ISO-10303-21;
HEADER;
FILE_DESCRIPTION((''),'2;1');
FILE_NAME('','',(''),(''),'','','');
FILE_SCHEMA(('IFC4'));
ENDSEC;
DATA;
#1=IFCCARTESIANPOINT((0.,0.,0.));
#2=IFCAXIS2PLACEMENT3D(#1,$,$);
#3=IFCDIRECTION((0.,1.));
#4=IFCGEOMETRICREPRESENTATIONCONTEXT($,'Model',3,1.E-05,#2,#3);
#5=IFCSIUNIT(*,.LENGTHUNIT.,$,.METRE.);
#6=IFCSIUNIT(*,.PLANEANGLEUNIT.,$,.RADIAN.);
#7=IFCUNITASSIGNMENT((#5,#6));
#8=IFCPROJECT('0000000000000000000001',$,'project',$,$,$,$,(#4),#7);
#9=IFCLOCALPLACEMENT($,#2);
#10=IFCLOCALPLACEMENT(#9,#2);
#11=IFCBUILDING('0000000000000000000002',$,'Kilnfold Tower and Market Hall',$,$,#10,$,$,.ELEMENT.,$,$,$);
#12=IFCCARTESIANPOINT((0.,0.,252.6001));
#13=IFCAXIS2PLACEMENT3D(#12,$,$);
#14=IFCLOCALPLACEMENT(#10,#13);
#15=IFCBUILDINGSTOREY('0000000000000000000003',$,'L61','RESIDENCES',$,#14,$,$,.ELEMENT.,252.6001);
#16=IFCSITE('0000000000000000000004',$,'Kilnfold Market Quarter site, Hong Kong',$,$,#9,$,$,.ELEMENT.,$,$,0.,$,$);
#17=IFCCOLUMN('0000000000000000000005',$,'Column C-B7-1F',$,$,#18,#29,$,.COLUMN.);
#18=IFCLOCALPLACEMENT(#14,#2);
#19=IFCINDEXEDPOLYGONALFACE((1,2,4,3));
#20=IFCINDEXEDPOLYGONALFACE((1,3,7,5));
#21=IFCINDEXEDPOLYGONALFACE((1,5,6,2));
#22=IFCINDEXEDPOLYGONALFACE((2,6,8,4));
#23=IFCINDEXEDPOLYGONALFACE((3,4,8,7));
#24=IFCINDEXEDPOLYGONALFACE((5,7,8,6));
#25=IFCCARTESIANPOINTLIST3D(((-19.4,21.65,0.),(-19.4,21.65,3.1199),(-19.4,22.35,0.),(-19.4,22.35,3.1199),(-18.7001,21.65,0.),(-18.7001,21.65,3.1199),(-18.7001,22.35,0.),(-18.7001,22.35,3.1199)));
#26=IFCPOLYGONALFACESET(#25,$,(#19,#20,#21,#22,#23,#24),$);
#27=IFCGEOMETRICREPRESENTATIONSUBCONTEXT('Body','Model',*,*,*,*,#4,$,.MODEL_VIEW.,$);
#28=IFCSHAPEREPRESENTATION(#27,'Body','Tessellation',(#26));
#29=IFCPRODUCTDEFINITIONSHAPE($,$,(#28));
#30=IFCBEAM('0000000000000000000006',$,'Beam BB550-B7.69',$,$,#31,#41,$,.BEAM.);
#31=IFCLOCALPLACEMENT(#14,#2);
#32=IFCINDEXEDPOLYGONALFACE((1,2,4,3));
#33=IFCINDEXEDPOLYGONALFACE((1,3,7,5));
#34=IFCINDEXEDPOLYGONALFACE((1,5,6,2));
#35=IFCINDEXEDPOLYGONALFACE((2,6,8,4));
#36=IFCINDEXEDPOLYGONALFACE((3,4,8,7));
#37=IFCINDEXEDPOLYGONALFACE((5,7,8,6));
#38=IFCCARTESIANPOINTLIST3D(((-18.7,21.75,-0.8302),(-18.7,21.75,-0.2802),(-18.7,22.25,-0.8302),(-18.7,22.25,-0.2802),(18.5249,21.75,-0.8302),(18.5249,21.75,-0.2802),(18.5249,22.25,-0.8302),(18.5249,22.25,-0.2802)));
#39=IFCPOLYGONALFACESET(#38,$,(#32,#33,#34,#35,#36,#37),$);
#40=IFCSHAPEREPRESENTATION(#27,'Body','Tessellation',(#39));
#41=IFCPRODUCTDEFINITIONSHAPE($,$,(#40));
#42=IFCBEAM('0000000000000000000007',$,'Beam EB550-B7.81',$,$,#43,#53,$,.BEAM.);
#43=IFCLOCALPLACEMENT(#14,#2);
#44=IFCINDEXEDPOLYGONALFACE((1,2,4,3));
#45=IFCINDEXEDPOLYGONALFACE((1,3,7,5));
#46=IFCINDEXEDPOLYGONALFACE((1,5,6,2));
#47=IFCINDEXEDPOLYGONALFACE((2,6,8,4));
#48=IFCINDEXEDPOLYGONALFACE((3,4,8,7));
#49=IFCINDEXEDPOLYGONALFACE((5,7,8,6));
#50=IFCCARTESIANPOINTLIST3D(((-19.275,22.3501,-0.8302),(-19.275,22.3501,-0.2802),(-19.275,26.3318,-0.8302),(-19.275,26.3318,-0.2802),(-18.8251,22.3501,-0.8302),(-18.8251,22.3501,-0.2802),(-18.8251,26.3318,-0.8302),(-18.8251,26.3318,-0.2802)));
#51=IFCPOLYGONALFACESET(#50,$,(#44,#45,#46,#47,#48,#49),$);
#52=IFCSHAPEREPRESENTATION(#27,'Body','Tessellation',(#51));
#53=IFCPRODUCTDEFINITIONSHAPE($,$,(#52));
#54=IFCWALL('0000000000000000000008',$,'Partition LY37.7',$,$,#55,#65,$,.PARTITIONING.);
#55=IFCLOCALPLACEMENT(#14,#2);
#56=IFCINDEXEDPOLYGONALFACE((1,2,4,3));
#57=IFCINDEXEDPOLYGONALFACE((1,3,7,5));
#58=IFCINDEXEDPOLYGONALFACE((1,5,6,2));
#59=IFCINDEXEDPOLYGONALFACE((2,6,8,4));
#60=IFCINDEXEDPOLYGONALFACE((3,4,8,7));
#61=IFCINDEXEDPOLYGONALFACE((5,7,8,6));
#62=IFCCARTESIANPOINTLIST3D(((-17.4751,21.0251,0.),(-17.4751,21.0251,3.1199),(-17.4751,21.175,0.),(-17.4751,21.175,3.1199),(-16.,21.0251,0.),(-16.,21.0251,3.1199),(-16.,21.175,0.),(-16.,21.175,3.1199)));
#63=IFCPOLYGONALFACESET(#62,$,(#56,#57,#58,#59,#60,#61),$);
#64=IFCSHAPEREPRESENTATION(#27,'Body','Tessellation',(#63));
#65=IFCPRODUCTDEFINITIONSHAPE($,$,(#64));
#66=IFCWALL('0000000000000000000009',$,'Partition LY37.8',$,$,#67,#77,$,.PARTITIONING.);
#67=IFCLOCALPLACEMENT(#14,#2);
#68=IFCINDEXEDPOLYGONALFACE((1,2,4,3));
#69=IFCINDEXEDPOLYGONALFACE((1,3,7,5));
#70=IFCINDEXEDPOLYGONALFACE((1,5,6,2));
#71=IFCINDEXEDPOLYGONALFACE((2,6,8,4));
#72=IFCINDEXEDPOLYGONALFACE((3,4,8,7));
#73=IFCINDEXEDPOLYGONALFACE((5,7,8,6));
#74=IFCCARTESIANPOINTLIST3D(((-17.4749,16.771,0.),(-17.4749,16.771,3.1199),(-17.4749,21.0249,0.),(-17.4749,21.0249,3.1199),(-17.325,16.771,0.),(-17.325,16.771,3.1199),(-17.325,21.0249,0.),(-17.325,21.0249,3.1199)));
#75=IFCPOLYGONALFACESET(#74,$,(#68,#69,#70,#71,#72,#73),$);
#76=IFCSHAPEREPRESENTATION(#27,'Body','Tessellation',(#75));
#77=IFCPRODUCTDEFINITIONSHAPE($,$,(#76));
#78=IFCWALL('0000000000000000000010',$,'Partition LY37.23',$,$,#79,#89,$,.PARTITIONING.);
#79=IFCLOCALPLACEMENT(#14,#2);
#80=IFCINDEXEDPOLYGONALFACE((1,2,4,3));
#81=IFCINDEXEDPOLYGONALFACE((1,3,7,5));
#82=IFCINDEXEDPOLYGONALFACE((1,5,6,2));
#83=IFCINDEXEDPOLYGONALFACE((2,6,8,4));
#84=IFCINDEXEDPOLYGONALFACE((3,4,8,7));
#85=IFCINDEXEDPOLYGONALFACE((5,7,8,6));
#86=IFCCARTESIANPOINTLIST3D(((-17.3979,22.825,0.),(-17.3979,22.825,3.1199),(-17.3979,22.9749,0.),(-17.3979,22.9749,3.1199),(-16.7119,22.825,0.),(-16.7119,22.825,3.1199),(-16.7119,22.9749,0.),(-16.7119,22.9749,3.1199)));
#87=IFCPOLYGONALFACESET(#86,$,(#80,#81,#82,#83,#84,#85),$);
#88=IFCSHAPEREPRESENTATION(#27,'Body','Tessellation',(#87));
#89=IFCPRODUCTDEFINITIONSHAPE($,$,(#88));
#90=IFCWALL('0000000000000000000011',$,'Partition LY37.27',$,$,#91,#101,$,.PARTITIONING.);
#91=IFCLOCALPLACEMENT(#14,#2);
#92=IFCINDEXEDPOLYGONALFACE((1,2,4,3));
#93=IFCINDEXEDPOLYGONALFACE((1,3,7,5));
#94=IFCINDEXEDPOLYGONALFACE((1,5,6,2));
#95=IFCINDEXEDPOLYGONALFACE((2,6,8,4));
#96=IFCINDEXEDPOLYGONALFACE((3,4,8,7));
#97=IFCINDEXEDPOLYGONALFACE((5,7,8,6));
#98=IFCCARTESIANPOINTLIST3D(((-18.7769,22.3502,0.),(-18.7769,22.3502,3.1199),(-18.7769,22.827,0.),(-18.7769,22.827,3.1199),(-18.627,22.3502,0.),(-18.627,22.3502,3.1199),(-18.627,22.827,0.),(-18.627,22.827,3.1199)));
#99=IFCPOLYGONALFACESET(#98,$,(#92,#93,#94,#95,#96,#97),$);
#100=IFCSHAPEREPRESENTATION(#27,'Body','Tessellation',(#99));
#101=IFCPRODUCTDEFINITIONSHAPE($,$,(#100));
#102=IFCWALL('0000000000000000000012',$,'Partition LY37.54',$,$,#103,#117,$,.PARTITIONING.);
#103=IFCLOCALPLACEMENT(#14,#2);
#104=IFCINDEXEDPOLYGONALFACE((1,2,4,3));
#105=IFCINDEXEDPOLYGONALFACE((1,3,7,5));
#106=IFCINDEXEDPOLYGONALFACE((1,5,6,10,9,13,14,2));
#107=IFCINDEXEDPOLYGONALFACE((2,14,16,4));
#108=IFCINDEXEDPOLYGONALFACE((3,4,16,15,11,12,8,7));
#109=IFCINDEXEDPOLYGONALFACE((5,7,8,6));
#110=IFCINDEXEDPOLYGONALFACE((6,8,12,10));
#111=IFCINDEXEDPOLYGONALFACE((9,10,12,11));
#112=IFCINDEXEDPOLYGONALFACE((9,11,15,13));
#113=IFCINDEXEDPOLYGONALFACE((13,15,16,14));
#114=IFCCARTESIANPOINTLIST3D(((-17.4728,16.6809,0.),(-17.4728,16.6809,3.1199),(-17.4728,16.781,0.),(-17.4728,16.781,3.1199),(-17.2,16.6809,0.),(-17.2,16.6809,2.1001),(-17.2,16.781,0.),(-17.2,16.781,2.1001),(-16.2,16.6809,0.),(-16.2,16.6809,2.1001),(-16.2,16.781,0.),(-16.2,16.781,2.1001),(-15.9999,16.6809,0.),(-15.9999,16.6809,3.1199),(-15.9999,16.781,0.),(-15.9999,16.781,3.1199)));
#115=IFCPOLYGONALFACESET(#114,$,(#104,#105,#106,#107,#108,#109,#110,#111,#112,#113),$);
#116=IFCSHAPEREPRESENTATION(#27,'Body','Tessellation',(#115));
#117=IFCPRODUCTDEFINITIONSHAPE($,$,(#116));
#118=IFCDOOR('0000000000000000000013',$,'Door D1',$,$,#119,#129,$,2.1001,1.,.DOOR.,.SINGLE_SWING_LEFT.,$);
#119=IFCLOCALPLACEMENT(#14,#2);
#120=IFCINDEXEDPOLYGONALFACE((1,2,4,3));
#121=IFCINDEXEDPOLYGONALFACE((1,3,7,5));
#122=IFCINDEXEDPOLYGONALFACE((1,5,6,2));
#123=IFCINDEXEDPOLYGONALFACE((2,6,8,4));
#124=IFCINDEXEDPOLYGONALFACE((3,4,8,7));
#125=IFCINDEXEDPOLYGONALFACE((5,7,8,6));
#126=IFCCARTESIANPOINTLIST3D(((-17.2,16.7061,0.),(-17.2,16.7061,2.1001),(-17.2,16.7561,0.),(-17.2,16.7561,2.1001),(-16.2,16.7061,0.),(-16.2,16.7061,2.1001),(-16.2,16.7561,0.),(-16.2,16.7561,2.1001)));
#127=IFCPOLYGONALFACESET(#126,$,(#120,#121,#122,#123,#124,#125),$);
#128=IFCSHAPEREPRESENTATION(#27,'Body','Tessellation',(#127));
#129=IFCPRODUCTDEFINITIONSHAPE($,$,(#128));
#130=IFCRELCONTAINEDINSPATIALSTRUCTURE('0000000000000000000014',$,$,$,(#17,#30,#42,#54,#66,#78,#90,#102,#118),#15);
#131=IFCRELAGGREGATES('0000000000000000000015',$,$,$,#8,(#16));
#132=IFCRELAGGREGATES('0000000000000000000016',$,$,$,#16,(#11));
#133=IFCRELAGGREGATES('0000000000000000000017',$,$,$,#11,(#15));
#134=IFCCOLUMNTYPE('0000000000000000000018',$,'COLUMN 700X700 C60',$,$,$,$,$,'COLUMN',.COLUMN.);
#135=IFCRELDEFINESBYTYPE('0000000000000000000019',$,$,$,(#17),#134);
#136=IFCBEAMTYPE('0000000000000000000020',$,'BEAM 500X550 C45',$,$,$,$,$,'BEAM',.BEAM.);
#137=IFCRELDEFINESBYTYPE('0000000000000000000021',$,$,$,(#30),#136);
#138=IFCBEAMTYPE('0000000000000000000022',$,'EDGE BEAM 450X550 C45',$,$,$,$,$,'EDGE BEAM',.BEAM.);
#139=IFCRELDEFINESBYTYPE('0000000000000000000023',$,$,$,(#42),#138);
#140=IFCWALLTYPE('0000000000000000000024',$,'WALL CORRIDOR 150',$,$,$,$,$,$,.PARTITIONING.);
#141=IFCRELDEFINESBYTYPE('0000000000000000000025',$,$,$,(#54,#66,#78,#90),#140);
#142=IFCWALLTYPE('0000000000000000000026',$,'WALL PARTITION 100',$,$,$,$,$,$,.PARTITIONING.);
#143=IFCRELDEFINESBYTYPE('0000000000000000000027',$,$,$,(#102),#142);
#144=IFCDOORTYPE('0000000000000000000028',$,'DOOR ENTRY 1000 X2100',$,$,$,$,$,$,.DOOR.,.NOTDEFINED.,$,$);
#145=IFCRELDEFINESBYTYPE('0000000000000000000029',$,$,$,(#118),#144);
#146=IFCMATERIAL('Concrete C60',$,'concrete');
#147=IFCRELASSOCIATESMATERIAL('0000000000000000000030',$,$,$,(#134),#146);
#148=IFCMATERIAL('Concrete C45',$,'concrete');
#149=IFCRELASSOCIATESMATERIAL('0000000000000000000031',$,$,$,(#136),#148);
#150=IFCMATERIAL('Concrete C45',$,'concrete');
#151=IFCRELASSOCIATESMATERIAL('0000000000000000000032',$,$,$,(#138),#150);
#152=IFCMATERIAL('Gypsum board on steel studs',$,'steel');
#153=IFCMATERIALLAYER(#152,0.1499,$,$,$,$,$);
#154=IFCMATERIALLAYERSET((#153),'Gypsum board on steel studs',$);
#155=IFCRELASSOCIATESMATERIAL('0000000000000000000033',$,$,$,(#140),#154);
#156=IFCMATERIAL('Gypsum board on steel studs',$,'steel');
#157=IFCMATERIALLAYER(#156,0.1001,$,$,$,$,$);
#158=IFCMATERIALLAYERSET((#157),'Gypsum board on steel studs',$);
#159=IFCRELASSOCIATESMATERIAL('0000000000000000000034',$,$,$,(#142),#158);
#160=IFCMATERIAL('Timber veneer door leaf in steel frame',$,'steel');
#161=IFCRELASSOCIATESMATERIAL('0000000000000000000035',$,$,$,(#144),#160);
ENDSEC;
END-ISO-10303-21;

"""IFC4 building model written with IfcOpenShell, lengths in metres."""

from ifc_helpers import new_model, si_unit, direction, frame, frame_2d, origin, origin_2d, place, context, subcontext, project, spatial, rectangle, extrude, source, transform, mapped, material, layer, layer_set, material_profile, profile_set, type_object, element, fill, save


model = new_model("IFC4")

# Units and contexts
model_context = context("Model", 3, precision=1e-05, world=origin(), true_north=direction((0.0, 1.0)))
body_context = subcontext(model_context, "Body", "Model", "MODEL_VIEW")
ifc_project = project(units=[si_unit("LENGTHUNIT", "METRE"), si_unit("PLANEANGLEUNIT", "RADIAN")], contexts=[model_context])

# Site, building, storey
site_placement = place(None, origin())
site = spatial("IfcSite", under=ifc_project, at=site_placement, Name="Kilnfold Market Quarter site, Hong Kong", CompositionType="ELEMENT", RefElevation=0.0)
building_placement = place(site_placement, origin())
building = spatial("IfcBuilding", under=site, at=building_placement, Name="Kilnfold Tower and Market Hall", CompositionType="ELEMENT")
storey_placement = place(building_placement, frame((0.0, 0.0, 252.6001)))
storey = spatial("IfcBuildingStorey", under=building, at=storey_placement, Name="L61", Description="RESIDENCES", CompositionType="ELEMENT", Elevation=252.6001)

# Column
ifc_material_1 = material(Name="Concrete C60", Category="concrete")
ifc_material_profile_1 = material_profile(ifc_material_1, rectangle(XDim=0.7, YDim=0.7, at=origin_2d()), Name="RC 700x700")
ifc_profile_set_1 = profile_set([ifc_material_profile_1], Name="Concrete C60")
column_type = type_object("IfcColumnType", Name="COLUMN 700X700 C60", ElementType="COLUMN", PredefinedType="COLUMN", material=ifc_profile_set_1)
shared_shape_1 = source(origin(), body_context, "Body", "SweptSolid", [
    extrude(rectangle(XDim=0.7, YDim=0.7, at=origin_2d()), origin(), (0.0, 0.0, 1.0), 3.1199),
])
column_placement = place(storey_placement, frame((-19.05, 22.0, 0.0), z_axis=(0.0, 0.0, 1.0), x_axis=(1.0, 0.0, 0.0)))
element("IfcColumn", 1, at=column_placement, inside=storey, type_object=column_type, Name="Column C-B7-1F", PredefinedType="COLUMN", context=body_context, shape_type="MappedRepresentation", body=[
    mapped(shared_shape_1, transform((0.0, 0.0, 0.0))),
])

# Beams
ifc_material_2 = material(Name="Concrete C45", Category="concrete")
ifc_material_profile_2 = material_profile(ifc_material_2, rectangle(XDim=0.5, YDim=0.55, at=origin_2d()), Name="RC 500x550")
ifc_profile_set_2 = profile_set([ifc_material_profile_2], Name="Concrete C45")
beam_type_1 = type_object("IfcBeamType", Name="BEAM 500X550 C45", ElementType="BEAM", PredefinedType="BEAM", material=ifc_profile_set_2)
shared_shape_2 = source(origin(), body_context, "Body", "SweptSolid", [
    extrude(rectangle(XDim=0.5, YDim=0.55, at=origin_2d()), origin(), (0.0, 0.0, 1.0), 37.2249),
])
beam_1_placement = place(storey_placement, frame((-18.7, 22.0, -0.5552), z_axis=(1.0, 0.0, 0.0), x_axis=(0.0, 1.0, 0.0)))
element("IfcBeam", 2, at=beam_1_placement, inside=storey, type_object=beam_type_1, Name="Beam BB550-B7.69", PredefinedType="BEAM", context=body_context, shape_type="MappedRepresentation", body=[
    mapped(shared_shape_2, transform((0.0, 0.0, 0.0))),
])
ifc_material_3 = material(Name="Concrete C45", Category="concrete")
ifc_material_profile_3 = material_profile(ifc_material_3, rectangle(XDim=0.45, YDim=0.55, at=origin_2d()), Name="RC 450x550")
ifc_profile_set_3 = profile_set([ifc_material_profile_3], Name="Concrete C45")
beam_type_2 = type_object("IfcBeamType", Name="EDGE BEAM 450X550 C45", ElementType="EDGE BEAM", PredefinedType="BEAM", material=ifc_profile_set_3)
shared_shape_3 = source(origin(), body_context, "Body", "SweptSolid", [
    extrude(rectangle(XDim=0.45, YDim=0.55, at=origin_2d()), origin(), (0.0, 0.0, 1.0), 3.9817),
])
beam_2_placement = place(storey_placement, frame((-19.05, 22.3501, -0.5552), z_axis=(0.0, 1.0, 0.0), x_axis=(-1.0, 0.0, 0.0)))
element("IfcBeam", 3, at=beam_2_placement, inside=storey, type_object=beam_type_2, Name="Beam EB550-B7.81", PredefinedType="BEAM", context=body_context, shape_type="MappedRepresentation", body=[
    mapped(shared_shape_3, transform((0.0, 0.0, 0.0))),
])

# Walls
ifc_material_4 = material(Name="Gypsum board on steel studs", Category="steel")
ifc_layer_1 = layer(ifc_material_4, 0.1499)
ifc_layer_set_1 = layer_set([ifc_layer_1], Name="Gypsum board on steel studs")
wall_type_1 = type_object("IfcWallType", Name="WALL CORRIDOR 150", PredefinedType="PARTITIONING", material=ifc_layer_set_1)
wall_1_placement = place(storey_placement, frame((-17.4751, 21.1001, 0.0), z_axis=(0.0, 0.0, 1.0), x_axis=(1.0, 0.0, 0.0)))
element("IfcWall", 4, at=wall_1_placement, inside=storey, type_object=wall_type_1, Name="Partition LY37.7", PredefinedType="PARTITIONING", context=body_context, shape_type="SweptSolid", body=[
    extrude(rectangle(XDim=1.4751, YDim=0.1499, at=frame_2d((0.7375, 0.0))), origin(), (0.0, 0.0, 1.0), 3.1199),
])
wall_2_placement = place(storey_placement, frame((-17.3999, 16.771, 0.0), z_axis=(0.0, 0.0, 1.0), x_axis=(0.0, 1.0, 0.0)))
element("IfcWall", 5, at=wall_2_placement, inside=storey, type_object=wall_type_1, Name="Partition LY37.8", PredefinedType="PARTITIONING", context=body_context, shape_type="SweptSolid", body=[
    extrude(rectangle(XDim=4.2539, YDim=0.1499, at=frame_2d((2.127, 0.0))), origin(), (0.0, 0.0, 1.0), 3.1199),
])
wall_3_placement = place(storey_placement, frame((-16.7119, 22.8999, 0.0), z_axis=(0.0, 0.0, 1.0), x_axis=(-1.0, 0.0, 0.0)))
element("IfcWall", 6, at=wall_3_placement, inside=storey, type_object=wall_type_1, Name="Partition LY37.23", PredefinedType="PARTITIONING", context=body_context, shape_type="SweptSolid", body=[
    extrude(rectangle(XDim=0.686, YDim=0.1499, at=frame_2d((0.343, 0.0))), origin(), (0.0, 0.0, 1.0), 3.1199),
])
wall_4_placement = place(storey_placement, frame((-18.7019, 22.8269, 0.0), z_axis=(0.0, 0.0, 1.0), x_axis=(0.0, -1.0, 0.0)))
element("IfcWall", 7, at=wall_4_placement, inside=storey, type_object=wall_type_1, Name="Partition LY37.27", PredefinedType="PARTITIONING", context=body_context, shape_type="SweptSolid", body=[
    extrude(rectangle(XDim=0.4768, YDim=0.1499, at=frame_2d((0.2383, 0.0))), origin(), (0.0, 0.0, 1.0), 3.1199),
])

# Wall, opening, door
ifc_material_5 = material(Name="Gypsum board on steel studs", Category="steel")
ifc_layer_2 = layer(ifc_material_5, 0.1001)
ifc_layer_set_2 = layer_set([ifc_layer_2], Name="Gypsum board on steel studs")
wall_type_2 = type_object("IfcWallType", Name="WALL PARTITION 100", PredefinedType="PARTITIONING", material=ifc_layer_set_2)
wall_5_placement = place(storey_placement, frame((-16.0, 16.731, 0.0), z_axis=(0.0, 0.0, 1.0), x_axis=(-1.0, 0.0, 0.0)))
wall_5 = element("IfcWall", 8, at=wall_5_placement, inside=storey, type_object=wall_type_2, Name="Partition LY37.54", PredefinedType="PARTITIONING", context=body_context, shape_type="SweptSolid", body=[
    extrude(rectangle(XDim=1.4729, YDim=0.1001, at=frame_2d((0.7363, 0.0))), origin(), (0.0, 0.0, 1.0), 3.1199),
])
opening_1_placement = place(wall_5_placement, frame((0.2, 0.0, 0.0)))
opening_1 = element("IfcOpeningElement", 9, at=opening_1_placement, cuts=wall_5, PredefinedType="OPENING", context=body_context, shape_type="SweptSolid", body=[
    extrude(rectangle(XDim=1.0, YDim=2.1001, at=frame_2d((0.5, 1.05))), frame((0.0, 0.0601, 0.0), z_axis=(0.0, -1.0, 0.0), x_axis=(1.0, 0.0, 0.0)), (0.0, 0.0, 1.0), 0.1201),
])
ifc_material_6 = material(Name="Timber veneer door leaf in steel frame", Category="steel")
door_type_1 = type_object("IfcDoorType", Name="DOOR ENTRY 1000 X2100", OperationType="NOTDEFINED", PredefinedType="DOOR", material=ifc_material_6)
door_1_placement = place(opening_1_placement, origin())
door_1 = element("IfcDoor", 10, at=door_1_placement, inside=storey, type_object=door_type_1, Name="Door D1", OperationType="SINGLE_SWING_LEFT", OverallHeight=2.1001, OverallWidth=1.0, PredefinedType="DOOR", context=body_context, shape_type="SweptSolid", body=[
    extrude(rectangle(XDim=1.0, YDim=2.1001, at=frame_2d((0.5, 1.05))), frame((0.0, 0.0249, 0.0), z_axis=(0.0, -1.0, 0.0), x_axis=(1.0, 0.0, 0.0)), (0.0, 0.0, 1.0), 0.05),
])
fill(opening_1, door_1)

save(model, "model.ifc")
